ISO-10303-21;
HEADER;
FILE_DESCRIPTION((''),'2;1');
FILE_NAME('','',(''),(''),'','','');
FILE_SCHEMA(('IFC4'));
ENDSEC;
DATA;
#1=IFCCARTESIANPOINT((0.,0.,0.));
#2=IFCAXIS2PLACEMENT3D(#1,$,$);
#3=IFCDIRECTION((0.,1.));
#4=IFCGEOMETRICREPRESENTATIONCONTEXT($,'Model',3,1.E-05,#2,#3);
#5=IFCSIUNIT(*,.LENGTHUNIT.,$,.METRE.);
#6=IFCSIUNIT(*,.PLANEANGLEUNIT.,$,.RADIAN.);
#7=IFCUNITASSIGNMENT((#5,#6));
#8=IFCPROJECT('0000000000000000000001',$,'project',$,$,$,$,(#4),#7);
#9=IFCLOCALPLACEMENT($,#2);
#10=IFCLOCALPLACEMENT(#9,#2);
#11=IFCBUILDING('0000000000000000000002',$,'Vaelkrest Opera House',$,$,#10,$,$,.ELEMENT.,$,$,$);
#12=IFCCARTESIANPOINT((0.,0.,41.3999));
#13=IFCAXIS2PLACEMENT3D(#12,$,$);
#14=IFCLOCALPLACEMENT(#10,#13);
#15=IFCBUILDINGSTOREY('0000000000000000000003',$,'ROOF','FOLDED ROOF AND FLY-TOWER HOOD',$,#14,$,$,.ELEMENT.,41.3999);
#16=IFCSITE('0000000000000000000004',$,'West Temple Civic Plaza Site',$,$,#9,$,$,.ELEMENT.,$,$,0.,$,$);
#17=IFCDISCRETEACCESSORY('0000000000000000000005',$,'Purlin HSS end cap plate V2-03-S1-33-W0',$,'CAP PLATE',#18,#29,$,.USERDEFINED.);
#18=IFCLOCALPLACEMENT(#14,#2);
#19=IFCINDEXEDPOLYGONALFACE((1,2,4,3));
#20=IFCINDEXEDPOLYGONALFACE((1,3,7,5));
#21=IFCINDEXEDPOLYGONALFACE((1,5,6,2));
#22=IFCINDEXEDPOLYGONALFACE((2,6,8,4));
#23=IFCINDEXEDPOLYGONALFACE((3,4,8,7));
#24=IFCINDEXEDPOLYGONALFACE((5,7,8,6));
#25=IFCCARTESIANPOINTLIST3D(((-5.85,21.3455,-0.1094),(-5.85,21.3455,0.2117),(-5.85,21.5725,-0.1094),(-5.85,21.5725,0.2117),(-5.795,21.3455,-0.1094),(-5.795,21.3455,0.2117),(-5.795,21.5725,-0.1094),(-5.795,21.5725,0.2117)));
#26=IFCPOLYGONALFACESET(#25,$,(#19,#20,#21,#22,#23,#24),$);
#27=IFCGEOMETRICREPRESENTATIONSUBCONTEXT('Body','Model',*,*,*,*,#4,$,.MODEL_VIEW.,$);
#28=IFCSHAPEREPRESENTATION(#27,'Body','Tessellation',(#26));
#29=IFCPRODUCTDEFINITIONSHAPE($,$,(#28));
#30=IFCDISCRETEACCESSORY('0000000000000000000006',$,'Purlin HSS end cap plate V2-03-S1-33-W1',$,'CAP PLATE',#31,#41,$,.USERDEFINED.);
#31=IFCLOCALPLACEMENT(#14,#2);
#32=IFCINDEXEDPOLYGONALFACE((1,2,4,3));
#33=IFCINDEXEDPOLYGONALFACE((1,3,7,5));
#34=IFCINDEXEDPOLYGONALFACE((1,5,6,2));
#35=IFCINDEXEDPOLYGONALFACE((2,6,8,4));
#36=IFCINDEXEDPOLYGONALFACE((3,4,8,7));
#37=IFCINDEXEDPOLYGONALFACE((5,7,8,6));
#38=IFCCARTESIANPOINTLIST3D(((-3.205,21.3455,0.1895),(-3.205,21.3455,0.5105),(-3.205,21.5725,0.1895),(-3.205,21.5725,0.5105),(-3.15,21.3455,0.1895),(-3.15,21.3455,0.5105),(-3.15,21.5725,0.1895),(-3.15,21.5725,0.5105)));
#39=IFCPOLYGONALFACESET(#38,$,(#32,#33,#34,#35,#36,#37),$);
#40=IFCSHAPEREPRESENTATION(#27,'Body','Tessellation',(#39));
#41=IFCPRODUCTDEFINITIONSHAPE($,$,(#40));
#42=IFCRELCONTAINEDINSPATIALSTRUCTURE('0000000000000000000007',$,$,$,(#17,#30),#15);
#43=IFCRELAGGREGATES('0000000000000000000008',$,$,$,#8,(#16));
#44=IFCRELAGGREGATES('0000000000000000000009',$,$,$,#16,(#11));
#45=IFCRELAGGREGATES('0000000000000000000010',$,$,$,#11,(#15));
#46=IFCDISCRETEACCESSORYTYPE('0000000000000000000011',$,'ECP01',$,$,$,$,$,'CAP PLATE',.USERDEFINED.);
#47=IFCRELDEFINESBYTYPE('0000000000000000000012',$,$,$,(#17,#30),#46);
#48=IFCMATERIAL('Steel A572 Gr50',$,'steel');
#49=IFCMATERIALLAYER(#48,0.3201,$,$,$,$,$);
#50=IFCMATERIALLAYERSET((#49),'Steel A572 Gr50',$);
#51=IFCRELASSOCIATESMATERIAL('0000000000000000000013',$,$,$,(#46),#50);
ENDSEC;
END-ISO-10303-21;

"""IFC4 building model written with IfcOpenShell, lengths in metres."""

from ifc_helpers import new_model, si_unit, direction, frame, origin, origin_2d, place, context, subcontext, project, spatial, rectangle, extrude, material, layer, layer_set, type_object, element, save


model = new_model("IFC4")

# Units and contexts
model_context = context("Model", 3, precision=1e-05, world=origin(), true_north=direction((0.0, 1.0)))
body_context = subcontext(model_context, "Body", "Model", "MODEL_VIEW")
ifc_project = project(units=[si_unit("LENGTHUNIT", "METRE"), si_unit("PLANEANGLEUNIT", "RADIAN")], contexts=[model_context])

# Site, building, storey
site_placement = place(None, origin())
site = spatial("IfcSite", under=ifc_project, at=site_placement, Name="West Temple Civic Plaza Site", CompositionType="ELEMENT", RefElevation=0.0)
building_placement = place(site_placement, origin())
building = spatial("IfcBuilding", under=site, at=building_placement, Name="Vaelkrest Opera House", CompositionType="ELEMENT")
storey_placement = place(building_placement, frame((0.0, 0.0, 41.3999)))
storey = spatial("IfcBuildingStorey", under=building, at=storey_placement, Name="ROOF", Description="FOLDED ROOF AND FLY-TOWER HOOD", CompositionType="ELEMENT", Elevation=41.3999)

# Shared definitions
ifc_material_1 = material(Name="Steel A572 Gr50", Category="steel")

# Discrete accessories
ifc_layer_1 = layer(ifc_material_1, 0.3201)
ifc_layer_set_1 = layer_set([ifc_layer_1], Name="Steel A572 Gr50")
discrete_accessory_type = type_object("IfcDiscreteAccessoryType", Name="ECP01", ElementType="CAP PLATE", PredefinedType="USERDEFINED", material=ifc_layer_set_1)
for number, where, z_axis, x_axis, name in (
    (1, (-5.8225, 21.459, -0.1094), (0.0, 0.0, 1.0), (1.0, 0.0, 0.0), "Purlin HSS end cap plate V2-03-S1-33-W0"),
    (2, (-3.1775, 21.459, 0.1895), (0.0, 0.0, 1.0), (1.0, 0.0, 0.0), "Purlin HSS end cap plate V2-03-S1-33-W1"),
):
    element("IfcDiscreteAccessory", number, at=place(storey_placement, frame(where, z_axis=z_axis, x_axis=x_axis)), inside=storey, type_object=discrete_accessory_type, Name=name, ObjectType="CAP PLATE", PredefinedType="USERDEFINED", context=body_context, shape_type="SweptSolid", body=[
        extrude(rectangle(XDim=0.0549, YDim=0.2271, at=origin_2d()), origin(), (0.0, 0.0, 1.0), 0.321),
    ])

save(model, "model.ifc")
